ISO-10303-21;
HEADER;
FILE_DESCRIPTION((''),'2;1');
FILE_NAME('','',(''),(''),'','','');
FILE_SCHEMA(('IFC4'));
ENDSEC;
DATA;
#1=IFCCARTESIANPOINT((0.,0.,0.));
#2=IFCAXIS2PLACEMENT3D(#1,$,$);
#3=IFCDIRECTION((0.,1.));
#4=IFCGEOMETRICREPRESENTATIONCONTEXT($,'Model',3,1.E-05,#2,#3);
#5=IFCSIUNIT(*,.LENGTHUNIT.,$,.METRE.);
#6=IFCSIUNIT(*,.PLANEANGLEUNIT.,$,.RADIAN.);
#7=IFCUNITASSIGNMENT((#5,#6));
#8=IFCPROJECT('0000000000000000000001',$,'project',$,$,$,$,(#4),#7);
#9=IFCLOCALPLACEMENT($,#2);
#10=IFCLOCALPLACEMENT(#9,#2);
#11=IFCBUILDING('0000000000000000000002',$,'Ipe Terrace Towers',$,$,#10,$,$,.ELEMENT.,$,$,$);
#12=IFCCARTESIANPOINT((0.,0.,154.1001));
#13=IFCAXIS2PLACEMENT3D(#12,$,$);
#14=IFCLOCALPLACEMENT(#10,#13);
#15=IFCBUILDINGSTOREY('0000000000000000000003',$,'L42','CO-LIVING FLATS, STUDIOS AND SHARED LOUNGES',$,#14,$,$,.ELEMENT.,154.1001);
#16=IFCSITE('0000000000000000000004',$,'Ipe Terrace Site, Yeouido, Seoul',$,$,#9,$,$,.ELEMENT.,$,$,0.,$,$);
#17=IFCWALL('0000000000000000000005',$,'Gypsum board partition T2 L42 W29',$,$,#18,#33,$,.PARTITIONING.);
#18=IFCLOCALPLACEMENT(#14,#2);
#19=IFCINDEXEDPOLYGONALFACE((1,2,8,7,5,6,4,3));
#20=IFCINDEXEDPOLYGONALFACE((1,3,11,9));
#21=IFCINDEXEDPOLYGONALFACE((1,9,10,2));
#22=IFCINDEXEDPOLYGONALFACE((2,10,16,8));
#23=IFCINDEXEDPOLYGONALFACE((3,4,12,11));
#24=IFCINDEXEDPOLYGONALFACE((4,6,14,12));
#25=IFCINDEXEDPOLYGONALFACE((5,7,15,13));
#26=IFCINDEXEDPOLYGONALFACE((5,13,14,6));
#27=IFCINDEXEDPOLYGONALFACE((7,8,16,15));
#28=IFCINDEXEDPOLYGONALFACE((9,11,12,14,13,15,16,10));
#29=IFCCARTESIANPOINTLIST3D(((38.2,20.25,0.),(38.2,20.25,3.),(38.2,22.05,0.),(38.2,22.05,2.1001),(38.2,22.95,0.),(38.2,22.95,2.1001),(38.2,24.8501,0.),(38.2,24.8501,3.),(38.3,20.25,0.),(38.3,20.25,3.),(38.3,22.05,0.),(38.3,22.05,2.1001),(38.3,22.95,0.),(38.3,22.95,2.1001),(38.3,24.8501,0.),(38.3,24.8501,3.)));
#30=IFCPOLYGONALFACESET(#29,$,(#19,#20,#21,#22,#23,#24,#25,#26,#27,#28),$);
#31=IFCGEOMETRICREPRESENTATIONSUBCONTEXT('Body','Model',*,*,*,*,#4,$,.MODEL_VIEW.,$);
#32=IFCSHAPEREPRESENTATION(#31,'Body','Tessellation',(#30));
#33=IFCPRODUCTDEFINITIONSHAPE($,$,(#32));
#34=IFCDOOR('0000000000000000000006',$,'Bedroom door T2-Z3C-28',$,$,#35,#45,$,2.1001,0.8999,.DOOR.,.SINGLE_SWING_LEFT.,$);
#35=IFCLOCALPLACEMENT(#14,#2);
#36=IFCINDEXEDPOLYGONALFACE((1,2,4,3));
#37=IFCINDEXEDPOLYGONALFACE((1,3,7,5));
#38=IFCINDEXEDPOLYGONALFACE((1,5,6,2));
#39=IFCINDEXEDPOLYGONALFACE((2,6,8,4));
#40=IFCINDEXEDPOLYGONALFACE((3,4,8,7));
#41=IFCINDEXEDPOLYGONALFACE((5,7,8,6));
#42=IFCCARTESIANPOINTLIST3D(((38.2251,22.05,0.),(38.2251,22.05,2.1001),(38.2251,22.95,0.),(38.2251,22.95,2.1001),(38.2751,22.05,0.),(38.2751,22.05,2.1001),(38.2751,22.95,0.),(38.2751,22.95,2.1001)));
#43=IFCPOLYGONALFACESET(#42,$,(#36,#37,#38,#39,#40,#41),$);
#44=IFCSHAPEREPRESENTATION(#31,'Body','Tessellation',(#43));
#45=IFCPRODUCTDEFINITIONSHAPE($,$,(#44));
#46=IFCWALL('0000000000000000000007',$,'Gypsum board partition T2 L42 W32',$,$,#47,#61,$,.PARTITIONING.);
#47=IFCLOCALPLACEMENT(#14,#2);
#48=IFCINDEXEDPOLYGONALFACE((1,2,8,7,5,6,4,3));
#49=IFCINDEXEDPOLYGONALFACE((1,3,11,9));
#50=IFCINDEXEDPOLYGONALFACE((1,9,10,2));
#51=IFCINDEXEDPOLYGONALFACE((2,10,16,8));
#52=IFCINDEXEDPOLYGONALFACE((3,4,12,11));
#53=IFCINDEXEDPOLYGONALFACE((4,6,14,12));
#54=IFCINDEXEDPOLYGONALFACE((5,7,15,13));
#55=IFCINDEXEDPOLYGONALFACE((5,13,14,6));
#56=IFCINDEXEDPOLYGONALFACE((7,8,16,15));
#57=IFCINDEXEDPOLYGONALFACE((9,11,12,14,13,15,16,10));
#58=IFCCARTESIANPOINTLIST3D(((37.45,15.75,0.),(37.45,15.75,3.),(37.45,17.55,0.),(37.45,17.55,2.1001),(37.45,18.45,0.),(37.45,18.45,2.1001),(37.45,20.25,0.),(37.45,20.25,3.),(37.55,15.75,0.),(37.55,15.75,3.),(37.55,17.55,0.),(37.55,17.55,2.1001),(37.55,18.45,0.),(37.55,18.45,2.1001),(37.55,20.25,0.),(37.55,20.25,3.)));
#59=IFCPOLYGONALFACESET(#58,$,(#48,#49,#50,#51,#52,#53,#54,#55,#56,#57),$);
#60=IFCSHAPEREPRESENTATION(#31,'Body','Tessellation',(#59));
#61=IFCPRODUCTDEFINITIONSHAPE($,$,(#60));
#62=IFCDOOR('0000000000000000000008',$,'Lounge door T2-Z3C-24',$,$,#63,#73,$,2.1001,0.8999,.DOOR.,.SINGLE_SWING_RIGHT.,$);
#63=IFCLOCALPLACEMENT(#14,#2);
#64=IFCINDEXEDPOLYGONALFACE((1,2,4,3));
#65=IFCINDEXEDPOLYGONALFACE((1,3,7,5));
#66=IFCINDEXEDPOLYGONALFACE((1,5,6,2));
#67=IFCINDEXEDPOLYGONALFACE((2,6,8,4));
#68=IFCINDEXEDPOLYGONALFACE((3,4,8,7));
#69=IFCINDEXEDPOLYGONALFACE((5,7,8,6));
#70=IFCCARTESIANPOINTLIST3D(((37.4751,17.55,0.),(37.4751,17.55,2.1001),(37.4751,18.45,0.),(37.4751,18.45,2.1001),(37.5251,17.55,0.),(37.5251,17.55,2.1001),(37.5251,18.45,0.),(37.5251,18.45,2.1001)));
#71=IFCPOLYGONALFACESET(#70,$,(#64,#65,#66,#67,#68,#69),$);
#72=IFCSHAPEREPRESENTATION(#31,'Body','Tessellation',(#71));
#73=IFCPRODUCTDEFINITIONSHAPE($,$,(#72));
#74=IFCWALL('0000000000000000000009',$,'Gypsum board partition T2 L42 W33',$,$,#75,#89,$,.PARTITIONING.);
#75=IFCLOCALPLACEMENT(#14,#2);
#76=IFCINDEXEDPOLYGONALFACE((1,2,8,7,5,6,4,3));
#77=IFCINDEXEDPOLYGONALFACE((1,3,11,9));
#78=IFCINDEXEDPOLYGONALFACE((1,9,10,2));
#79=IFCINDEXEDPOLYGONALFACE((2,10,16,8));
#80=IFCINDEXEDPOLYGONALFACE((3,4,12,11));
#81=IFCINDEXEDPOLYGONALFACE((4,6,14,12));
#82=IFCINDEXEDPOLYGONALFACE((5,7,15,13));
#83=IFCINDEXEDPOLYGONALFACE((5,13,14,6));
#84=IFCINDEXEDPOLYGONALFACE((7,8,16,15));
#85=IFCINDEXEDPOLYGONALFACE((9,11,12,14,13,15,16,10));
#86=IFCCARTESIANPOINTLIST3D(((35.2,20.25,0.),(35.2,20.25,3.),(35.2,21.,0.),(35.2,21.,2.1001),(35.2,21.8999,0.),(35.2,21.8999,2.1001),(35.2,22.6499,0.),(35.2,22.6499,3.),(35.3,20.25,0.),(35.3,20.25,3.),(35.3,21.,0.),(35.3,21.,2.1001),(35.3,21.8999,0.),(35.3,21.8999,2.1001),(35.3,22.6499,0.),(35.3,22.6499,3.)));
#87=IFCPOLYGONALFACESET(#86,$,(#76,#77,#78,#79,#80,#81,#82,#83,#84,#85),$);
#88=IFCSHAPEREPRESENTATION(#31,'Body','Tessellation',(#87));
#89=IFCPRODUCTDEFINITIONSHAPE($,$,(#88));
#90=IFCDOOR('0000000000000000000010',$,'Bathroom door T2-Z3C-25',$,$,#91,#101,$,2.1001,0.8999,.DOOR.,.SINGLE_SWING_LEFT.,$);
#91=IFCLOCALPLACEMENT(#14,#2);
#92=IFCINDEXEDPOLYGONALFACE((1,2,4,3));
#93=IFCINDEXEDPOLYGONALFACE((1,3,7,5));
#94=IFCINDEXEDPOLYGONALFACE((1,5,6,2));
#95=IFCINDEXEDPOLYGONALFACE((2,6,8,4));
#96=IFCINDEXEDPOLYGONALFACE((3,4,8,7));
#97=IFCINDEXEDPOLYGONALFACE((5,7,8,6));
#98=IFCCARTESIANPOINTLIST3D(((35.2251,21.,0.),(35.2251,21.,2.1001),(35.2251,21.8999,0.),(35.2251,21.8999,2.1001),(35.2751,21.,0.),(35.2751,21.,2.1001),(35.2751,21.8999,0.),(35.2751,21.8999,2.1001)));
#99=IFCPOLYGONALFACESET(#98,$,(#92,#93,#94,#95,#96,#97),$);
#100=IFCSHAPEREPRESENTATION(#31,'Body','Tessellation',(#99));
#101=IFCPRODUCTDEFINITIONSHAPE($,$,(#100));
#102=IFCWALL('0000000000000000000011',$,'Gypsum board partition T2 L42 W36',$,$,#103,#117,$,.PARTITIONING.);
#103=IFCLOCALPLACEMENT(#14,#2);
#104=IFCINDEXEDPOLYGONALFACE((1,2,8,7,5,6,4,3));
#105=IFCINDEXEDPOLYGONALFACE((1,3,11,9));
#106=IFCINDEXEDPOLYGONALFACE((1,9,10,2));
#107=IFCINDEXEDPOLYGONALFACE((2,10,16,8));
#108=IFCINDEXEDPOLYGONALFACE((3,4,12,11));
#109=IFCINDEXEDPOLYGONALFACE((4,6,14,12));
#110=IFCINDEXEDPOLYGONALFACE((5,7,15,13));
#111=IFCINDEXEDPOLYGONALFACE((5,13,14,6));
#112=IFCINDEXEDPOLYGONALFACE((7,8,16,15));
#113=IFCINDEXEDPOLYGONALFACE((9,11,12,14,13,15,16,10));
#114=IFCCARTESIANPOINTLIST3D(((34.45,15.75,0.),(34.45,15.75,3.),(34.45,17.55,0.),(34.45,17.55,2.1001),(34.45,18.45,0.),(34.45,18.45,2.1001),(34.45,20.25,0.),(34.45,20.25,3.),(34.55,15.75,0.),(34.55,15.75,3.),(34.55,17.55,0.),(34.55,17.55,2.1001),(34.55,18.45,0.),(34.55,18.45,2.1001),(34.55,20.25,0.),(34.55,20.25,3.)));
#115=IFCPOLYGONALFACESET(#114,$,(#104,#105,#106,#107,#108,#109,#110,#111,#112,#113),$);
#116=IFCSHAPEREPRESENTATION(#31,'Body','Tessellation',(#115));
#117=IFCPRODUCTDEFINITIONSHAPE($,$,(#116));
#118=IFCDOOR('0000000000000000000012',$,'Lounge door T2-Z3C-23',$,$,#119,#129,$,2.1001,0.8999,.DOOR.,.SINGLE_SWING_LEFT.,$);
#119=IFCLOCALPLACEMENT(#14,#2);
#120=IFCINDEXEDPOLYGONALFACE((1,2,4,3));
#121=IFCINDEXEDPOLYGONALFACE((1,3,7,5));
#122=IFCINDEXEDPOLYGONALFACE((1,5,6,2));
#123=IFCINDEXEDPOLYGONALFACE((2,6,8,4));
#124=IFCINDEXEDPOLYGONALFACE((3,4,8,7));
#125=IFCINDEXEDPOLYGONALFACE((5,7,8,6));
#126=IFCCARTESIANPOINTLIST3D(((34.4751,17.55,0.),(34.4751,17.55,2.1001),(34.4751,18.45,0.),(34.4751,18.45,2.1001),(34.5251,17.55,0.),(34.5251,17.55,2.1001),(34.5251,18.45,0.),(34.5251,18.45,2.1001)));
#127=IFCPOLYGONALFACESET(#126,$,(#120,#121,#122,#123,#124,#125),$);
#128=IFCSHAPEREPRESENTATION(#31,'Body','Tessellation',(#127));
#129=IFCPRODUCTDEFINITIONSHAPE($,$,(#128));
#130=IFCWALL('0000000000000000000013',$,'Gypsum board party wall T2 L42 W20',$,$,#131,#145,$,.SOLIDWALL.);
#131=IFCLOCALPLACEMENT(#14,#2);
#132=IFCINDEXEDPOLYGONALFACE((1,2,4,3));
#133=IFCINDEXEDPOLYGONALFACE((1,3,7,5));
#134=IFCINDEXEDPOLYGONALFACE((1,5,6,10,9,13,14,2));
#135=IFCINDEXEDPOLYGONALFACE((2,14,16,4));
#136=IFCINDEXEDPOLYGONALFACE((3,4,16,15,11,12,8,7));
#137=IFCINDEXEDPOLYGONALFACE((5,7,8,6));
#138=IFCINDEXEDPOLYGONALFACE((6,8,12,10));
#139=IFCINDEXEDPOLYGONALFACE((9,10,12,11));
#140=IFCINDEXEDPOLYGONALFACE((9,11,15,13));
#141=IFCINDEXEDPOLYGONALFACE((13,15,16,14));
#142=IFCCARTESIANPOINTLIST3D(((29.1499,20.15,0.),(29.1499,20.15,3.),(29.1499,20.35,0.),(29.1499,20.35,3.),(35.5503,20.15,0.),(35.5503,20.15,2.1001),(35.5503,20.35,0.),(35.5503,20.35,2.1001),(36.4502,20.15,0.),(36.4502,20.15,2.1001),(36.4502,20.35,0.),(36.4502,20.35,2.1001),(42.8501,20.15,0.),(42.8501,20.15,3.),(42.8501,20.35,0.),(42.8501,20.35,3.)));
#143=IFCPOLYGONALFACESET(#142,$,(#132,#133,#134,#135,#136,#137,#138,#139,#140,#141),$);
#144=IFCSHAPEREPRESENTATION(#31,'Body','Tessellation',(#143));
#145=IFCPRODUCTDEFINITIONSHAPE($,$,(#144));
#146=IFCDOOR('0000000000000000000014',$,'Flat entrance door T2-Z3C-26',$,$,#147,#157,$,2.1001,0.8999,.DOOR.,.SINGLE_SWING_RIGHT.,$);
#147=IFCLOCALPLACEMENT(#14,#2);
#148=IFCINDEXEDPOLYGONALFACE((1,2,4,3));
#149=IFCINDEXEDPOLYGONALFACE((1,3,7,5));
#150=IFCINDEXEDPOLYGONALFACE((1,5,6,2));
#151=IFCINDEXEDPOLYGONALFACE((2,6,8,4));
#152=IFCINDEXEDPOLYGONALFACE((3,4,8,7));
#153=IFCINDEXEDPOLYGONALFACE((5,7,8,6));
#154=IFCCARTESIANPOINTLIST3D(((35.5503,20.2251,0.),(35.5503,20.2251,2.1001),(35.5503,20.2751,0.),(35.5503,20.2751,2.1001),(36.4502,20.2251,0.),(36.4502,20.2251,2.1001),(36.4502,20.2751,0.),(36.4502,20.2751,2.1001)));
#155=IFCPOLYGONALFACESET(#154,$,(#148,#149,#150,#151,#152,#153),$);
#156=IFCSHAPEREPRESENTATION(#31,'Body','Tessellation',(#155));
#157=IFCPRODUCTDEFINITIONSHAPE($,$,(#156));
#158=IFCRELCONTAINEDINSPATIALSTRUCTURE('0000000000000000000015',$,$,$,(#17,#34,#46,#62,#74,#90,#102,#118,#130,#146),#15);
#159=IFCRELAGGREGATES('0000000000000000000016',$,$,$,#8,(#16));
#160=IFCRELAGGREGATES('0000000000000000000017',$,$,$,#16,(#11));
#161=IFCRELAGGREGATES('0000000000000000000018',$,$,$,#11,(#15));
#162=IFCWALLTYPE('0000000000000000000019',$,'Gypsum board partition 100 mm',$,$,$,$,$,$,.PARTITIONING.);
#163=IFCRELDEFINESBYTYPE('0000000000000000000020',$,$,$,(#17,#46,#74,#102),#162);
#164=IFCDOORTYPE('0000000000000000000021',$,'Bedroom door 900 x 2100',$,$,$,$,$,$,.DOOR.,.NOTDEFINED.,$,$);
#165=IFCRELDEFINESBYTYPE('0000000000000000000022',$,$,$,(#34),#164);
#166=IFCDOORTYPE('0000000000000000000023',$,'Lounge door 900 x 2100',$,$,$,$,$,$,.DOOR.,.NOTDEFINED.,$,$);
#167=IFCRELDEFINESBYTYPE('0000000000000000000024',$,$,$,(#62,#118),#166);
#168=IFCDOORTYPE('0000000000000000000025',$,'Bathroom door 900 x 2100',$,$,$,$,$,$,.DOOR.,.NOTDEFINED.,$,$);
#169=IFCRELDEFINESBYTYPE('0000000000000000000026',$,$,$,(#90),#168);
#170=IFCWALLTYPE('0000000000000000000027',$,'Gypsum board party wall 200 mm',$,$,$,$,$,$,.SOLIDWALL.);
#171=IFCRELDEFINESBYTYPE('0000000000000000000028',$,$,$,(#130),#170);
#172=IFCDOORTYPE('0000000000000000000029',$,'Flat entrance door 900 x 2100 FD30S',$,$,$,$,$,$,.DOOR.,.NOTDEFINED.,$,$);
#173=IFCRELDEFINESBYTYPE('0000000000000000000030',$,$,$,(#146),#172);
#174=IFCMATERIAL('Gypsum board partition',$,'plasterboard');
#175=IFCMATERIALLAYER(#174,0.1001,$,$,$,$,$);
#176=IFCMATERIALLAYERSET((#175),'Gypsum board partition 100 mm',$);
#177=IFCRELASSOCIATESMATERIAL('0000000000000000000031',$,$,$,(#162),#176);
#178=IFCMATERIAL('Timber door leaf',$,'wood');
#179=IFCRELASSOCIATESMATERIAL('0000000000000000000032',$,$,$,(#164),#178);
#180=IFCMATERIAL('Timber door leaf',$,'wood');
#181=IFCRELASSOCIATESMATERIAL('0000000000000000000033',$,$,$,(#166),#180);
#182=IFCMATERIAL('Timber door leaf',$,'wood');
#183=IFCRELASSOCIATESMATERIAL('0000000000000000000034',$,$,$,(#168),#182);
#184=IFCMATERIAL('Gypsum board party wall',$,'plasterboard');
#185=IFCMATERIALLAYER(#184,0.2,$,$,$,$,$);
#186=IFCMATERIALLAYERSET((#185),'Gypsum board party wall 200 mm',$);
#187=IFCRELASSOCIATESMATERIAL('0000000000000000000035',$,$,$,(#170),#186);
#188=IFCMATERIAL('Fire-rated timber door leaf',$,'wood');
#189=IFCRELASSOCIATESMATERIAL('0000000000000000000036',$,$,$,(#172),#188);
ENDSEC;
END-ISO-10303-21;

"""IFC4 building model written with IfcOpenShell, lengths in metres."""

from ifc_helpers import new_model, si_unit, direction, frame, frame_2d, origin, place, context, subcontext, project, spatial, rectangle, extrude, material, layer, layer_set, type_object, element, fill, save


model = new_model("IFC4")

# Units and contexts
model_context = context("Model", 3, precision=1e-05, world=origin(), true_north=direction((0.0, 1.0)))
body_context = subcontext(model_context, "Body", "Model", "MODEL_VIEW")
ifc_project = project(units=[si_unit("LENGTHUNIT", "METRE"), si_unit("PLANEANGLEUNIT", "RADIAN")], contexts=[model_context])

# Site, building, storey
site_placement = place(None, origin())
site = spatial("IfcSite", under=ifc_project, at=site_placement, Name="Ipe Terrace Site, Yeouido, Seoul", CompositionType="ELEMENT", RefElevation=0.0)
building_placement = place(site_placement, origin())
building = spatial("IfcBuilding", under=site, at=building_placement, Name="Ipe Terrace Towers", CompositionType="ELEMENT")
storey_placement = place(building_placement, frame((0.0, 0.0, 154.1001)))
storey = spatial("IfcBuildingStorey", under=building, at=storey_placement, Name="L42", Description="CO-LIVING FLATS, STUDIOS AND SHARED LOUNGES", CompositionType="ELEMENT", Elevation=154.1001)

# Shared definitions
ifc_material_1 = material(Name="Gypsum board partition", Category="plasterboard")
ifc_layer_1 = layer(ifc_material_1, 0.1001)
ifc_layer_set_1 = layer_set([ifc_layer_1], Name="Gypsum board partition 100 mm")
wall_type_1 = type_object("IfcWallType", Name="Gypsum board partition 100 mm", PredefinedType="PARTITIONING", material=ifc_layer_set_1)

# Walls, openings, doors
wall_1_placement = place(storey_placement, frame((38.25, 20.25, 0.0), z_axis=(0.0, 0.0, 1.0), x_axis=(0.0, 1.0, 0.0)))
wall_1 = element("IfcWall", 1, at=wall_1_placement, inside=storey, type_object=wall_type_1, Name="Gypsum board partition T2 L42 W29", PredefinedType="PARTITIONING", context=body_context, shape_type="SweptSolid", body=[
    extrude(rectangle(XDim=4.6001, YDim=0.1001, at=frame_2d((2.3, 0.0))), origin(), (0.0, 0.0, 1.0), 3.0),
])
opening_1_placement = place(wall_1_placement, frame((1.8, 0.0, 0.0)))
opening_1 = element("IfcOpeningElement", 2, at=opening_1_placement, cuts=wall_1, PredefinedType="OPENING", context=body_context, shape_type="SweptSolid", body=[
    extrude(rectangle(XDim=0.8999, YDim=2.1001, at=frame_2d((0.45, 1.05))), frame((0.0, 0.0601, 0.0), z_axis=(0.0, -1.0, 0.0), x_axis=(1.0, 0.0, 0.0)), (0.0, 0.0, 1.0), 0.1201),
])
ifc_material_2 = material(Name="Timber door leaf", Category="wood")
door_type_1 = type_object("IfcDoorType", Name="Bedroom door 900 x 2100", OperationType="NOTDEFINED", PredefinedType="DOOR", material=ifc_material_2)
door_1_placement = place(opening_1_placement, origin())
door_1 = element("IfcDoor", 3, at=door_1_placement, inside=storey, type_object=door_type_1, Name="Bedroom door T2-Z3C-28", OperationType="SINGLE_SWING_LEFT", OverallHeight=2.1001, OverallWidth=0.8999, PredefinedType="DOOR", context=body_context, shape_type="SweptSolid", body=[
    extrude(rectangle(XDim=0.8999, YDim=2.1001, at=frame_2d((0.45, 1.05))), frame((0.0, 0.0249, 0.0), z_axis=(0.0, -1.0, 0.0), x_axis=(1.0, 0.0, 0.0)), (0.0, 0.0, 1.0), 0.05),
])
fill(opening_1, door_1)
wall_2_placement = place(storey_placement, frame((37.5, 15.75, 0.0), z_axis=(0.0, 0.0, 1.0), x_axis=(0.0, 1.0, 0.0)))
wall_2 = element("IfcWall", 4, at=wall_2_placement, inside=storey, type_object=wall_type_1, Name="Gypsum board partition T2 L42 W32", PredefinedType="PARTITIONING", context=body_context, shape_type="SweptSolid", body=[
    extrude(rectangle(XDim=4.5, YDim=0.1001, at=frame_2d((2.25, 0.0))), origin(), (0.0, 0.0, 1.0), 3.0),
])
opening_2_placement = place(wall_2_placement, frame((1.8, 0.0, 0.0)))
opening_2 = element("IfcOpeningElement", 5, at=opening_2_placement, cuts=wall_2, PredefinedType="OPENING", context=body_context, shape_type="SweptSolid", body=[
    extrude(rectangle(XDim=0.8999, YDim=2.1001, at=frame_2d((0.45, 1.05))), frame((0.0, 0.0601, 0.0), z_axis=(0.0, -1.0, 0.0), x_axis=(1.0, 0.0, 0.0)), (0.0, 0.0, 1.0), 0.1201),
])
ifc_material_3 = material(Name="Timber door leaf", Category="wood")
door_type_2 = type_object("IfcDoorType", Name="Lounge door 900 x 2100", OperationType="NOTDEFINED", PredefinedType="DOOR", material=ifc_material_3)
door_2_placement = place(opening_2_placement, origin())
door_2 = element("IfcDoor", 6, at=door_2_placement, inside=storey, type_object=door_type_2, Name="Lounge door T2-Z3C-24", OperationType="SINGLE_SWING_RIGHT", OverallHeight=2.1001, OverallWidth=0.8999, PredefinedType="DOOR", context=body_context, shape_type="SweptSolid", body=[
    extrude(rectangle(XDim=0.8999, YDim=2.1001, at=frame_2d((0.45, 1.05))), frame((0.0, 0.0249, 0.0), z_axis=(0.0, -1.0, 0.0), x_axis=(1.0, 0.0, 0.0)), (0.0, 0.0, 1.0), 0.05),
])
fill(opening_2, door_2)
wall_3_placement = place(storey_placement, frame((35.25, 20.25, 0.0), z_axis=(0.0, 0.0, 1.0), x_axis=(0.0, 1.0, 0.0)))
wall_3 = element("IfcWall", 7, at=wall_3_placement, inside=storey, type_object=wall_type_1, Name="Gypsum board partition T2 L42 W33", PredefinedType="PARTITIONING", context=body_context, shape_type="SweptSolid", body=[
    extrude(rectangle(XDim=2.3999, YDim=0.1001, at=frame_2d((1.2, 0.0))), origin(), (0.0, 0.0, 1.0), 3.0),
])
opening_3_placement = place(wall_3_placement, frame((0.75, 0.0, 0.0)))
opening_3 = element("IfcOpeningElement", 8, at=opening_3_placement, cuts=wall_3, PredefinedType="OPENING", context=body_context, shape_type="SweptSolid", body=[
    extrude(rectangle(XDim=0.8999, YDim=2.1001, at=frame_2d((0.45, 1.05))), frame((0.0, 0.0601, 0.0), z_axis=(0.0, -1.0, 0.0), x_axis=(1.0, 0.0, 0.0)), (0.0, 0.0, 1.0), 0.1201),
])
ifc_material_4 = material(Name="Timber door leaf", Category="wood")
door_type_3 = type_object("IfcDoorType", Name="Bathroom door 900 x 2100", OperationType="NOTDEFINED", PredefinedType="DOOR", material=ifc_material_4)
door_3_placement = place(opening_3_placement, origin())
door_3 = element("IfcDoor", 9, at=door_3_placement, inside=storey, type_object=door_type_3, Name="Bathroom door T2-Z3C-25", OperationType="SINGLE_SWING_LEFT", OverallHeight=2.1001, OverallWidth=0.8999, PredefinedType="DOOR", context=body_context, shape_type="SweptSolid", body=[
    extrude(rectangle(XDim=0.8999, YDim=2.1001, at=frame_2d((0.45, 1.05))), frame((0.0, 0.0249, 0.0), z_axis=(0.0, -1.0, 0.0), x_axis=(1.0, 0.0, 0.0)), (0.0, 0.0, 1.0), 0.05),
])
fill(opening_3, door_3)
wall_4_placement = place(storey_placement, frame((34.5, 15.75, 0.0), z_axis=(0.0, 0.0, 1.0), x_axis=(0.0, 1.0, 0.0)))
wall_4 = element("IfcWall", 10, at=wall_4_placement, inside=storey, type_object=wall_type_1, Name="Gypsum board partition T2 L42 W36", PredefinedType="PARTITIONING", context=body_context, shape_type="SweptSolid", body=[
    extrude(rectangle(XDim=4.5, YDim=0.1001, at=frame_2d((2.25, 0.0))), origin(), (0.0, 0.0, 1.0), 3.0),
])
opening_4_placement = place(wall_4_placement, frame((1.8, 0.0, 0.0)))
opening_4 = element("IfcOpeningElement", 11, at=opening_4_placement, cuts=wall_4, PredefinedType="OPENING", context=body_context, shape_type="SweptSolid", body=[
    extrude(rectangle(XDim=0.8999, YDim=2.1001, at=frame_2d((0.45, 1.05))), frame((0.0, 0.0601, 0.0), z_axis=(0.0, -1.0, 0.0), x_axis=(1.0, 0.0, 0.0)), (0.0, 0.0, 1.0), 0.1201),
])
door_4_placement = place(opening_4_placement, origin())
door_4 = element("IfcDoor", 12, at=door_4_placement, inside=storey, type_object=door_type_2, Name="Lounge door T2-Z3C-23", OperationType="SINGLE_SWING_LEFT", OverallHeight=2.1001, OverallWidth=0.8999, PredefinedType="DOOR", context=body_context, shape_type="SweptSolid", body=[
    extrude(rectangle(XDim=0.8999, YDim=2.1001, at=frame_2d((0.45, 1.05))), frame((0.0, 0.0249, 0.0), z_axis=(0.0, -1.0, 0.0), x_axis=(1.0, 0.0, 0.0)), (0.0, 0.0, 1.0), 0.05),
])
fill(opening_4, door_4)
ifc_material_5 = material(Name="Gypsum board party wall", Category="plasterboard")
ifc_layer_2 = layer(ifc_material_5, 0.2)
ifc_layer_set_2 = layer_set([ifc_layer_2], Name="Gypsum board party wall 200 mm")
wall_type_2 = type_object("IfcWallType", Name="Gypsum board party wall 200 mm", PredefinedType="SOLIDWALL", material=ifc_layer_set_2)
wall_5_placement = place(storey_placement, frame((42.8501, 20.25, 0.0), z_axis=(0.0, 0.0, 1.0), x_axis=(-1.0, 0.0, 0.0)))
wall_5 = element("IfcWall", 13, at=wall_5_placement, inside=storey, type_object=wall_type_2, Name="Gypsum board party wall T2 L42 W20", PredefinedType="SOLIDWALL", context=body_context, shape_type="SweptSolid", body=[
    extrude(rectangle(XDim=13.7002, YDim=0.2, at=frame_2d((6.8501, 0.0))), origin(), (0.0, 0.0, 1.0), 3.0),
])
opening_5_placement = place(wall_5_placement, frame((6.3999, 0.0, 0.0)))
opening_5 = element("IfcOpeningElement", 14, at=opening_5_placement, cuts=wall_5, PredefinedType="OPENING", context=body_context, shape_type="SweptSolid", body=[
    extrude(rectangle(XDim=0.8999, YDim=2.1001, at=frame_2d((0.45, 1.05))), frame((0.0, 0.1099, 0.0), z_axis=(0.0, -1.0, 0.0), x_axis=(1.0, 0.0, 0.0)), (0.0, 0.0, 1.0), 0.22),
])
ifc_material_6 = material(Name="Fire-rated timber door leaf", Category="wood")
door_type_4 = type_object("IfcDoorType", Name="Flat entrance door 900 x 2100 FD30S", OperationType="NOTDEFINED", PredefinedType="DOOR", material=ifc_material_6)
door_5_placement = place(opening_5_placement, origin())
door_5 = element("IfcDoor", 15, at=door_5_placement, inside=storey, type_object=door_type_4, Name="Flat entrance door T2-Z3C-26", OperationType="SINGLE_SWING_RIGHT", OverallHeight=2.1001, OverallWidth=0.8999, PredefinedType="DOOR", context=body_context, shape_type="SweptSolid", body=[
    extrude(rectangle(XDim=0.8999, YDim=2.1001, at=frame_2d((0.45, 1.05))), frame((0.0, 0.0249, 0.0), z_axis=(0.0, -1.0, 0.0), x_axis=(1.0, 0.0, 0.0)), (0.0, 0.0, 1.0), 0.05),
])
fill(opening_5, door_5)

save(model, "model.ifc")
